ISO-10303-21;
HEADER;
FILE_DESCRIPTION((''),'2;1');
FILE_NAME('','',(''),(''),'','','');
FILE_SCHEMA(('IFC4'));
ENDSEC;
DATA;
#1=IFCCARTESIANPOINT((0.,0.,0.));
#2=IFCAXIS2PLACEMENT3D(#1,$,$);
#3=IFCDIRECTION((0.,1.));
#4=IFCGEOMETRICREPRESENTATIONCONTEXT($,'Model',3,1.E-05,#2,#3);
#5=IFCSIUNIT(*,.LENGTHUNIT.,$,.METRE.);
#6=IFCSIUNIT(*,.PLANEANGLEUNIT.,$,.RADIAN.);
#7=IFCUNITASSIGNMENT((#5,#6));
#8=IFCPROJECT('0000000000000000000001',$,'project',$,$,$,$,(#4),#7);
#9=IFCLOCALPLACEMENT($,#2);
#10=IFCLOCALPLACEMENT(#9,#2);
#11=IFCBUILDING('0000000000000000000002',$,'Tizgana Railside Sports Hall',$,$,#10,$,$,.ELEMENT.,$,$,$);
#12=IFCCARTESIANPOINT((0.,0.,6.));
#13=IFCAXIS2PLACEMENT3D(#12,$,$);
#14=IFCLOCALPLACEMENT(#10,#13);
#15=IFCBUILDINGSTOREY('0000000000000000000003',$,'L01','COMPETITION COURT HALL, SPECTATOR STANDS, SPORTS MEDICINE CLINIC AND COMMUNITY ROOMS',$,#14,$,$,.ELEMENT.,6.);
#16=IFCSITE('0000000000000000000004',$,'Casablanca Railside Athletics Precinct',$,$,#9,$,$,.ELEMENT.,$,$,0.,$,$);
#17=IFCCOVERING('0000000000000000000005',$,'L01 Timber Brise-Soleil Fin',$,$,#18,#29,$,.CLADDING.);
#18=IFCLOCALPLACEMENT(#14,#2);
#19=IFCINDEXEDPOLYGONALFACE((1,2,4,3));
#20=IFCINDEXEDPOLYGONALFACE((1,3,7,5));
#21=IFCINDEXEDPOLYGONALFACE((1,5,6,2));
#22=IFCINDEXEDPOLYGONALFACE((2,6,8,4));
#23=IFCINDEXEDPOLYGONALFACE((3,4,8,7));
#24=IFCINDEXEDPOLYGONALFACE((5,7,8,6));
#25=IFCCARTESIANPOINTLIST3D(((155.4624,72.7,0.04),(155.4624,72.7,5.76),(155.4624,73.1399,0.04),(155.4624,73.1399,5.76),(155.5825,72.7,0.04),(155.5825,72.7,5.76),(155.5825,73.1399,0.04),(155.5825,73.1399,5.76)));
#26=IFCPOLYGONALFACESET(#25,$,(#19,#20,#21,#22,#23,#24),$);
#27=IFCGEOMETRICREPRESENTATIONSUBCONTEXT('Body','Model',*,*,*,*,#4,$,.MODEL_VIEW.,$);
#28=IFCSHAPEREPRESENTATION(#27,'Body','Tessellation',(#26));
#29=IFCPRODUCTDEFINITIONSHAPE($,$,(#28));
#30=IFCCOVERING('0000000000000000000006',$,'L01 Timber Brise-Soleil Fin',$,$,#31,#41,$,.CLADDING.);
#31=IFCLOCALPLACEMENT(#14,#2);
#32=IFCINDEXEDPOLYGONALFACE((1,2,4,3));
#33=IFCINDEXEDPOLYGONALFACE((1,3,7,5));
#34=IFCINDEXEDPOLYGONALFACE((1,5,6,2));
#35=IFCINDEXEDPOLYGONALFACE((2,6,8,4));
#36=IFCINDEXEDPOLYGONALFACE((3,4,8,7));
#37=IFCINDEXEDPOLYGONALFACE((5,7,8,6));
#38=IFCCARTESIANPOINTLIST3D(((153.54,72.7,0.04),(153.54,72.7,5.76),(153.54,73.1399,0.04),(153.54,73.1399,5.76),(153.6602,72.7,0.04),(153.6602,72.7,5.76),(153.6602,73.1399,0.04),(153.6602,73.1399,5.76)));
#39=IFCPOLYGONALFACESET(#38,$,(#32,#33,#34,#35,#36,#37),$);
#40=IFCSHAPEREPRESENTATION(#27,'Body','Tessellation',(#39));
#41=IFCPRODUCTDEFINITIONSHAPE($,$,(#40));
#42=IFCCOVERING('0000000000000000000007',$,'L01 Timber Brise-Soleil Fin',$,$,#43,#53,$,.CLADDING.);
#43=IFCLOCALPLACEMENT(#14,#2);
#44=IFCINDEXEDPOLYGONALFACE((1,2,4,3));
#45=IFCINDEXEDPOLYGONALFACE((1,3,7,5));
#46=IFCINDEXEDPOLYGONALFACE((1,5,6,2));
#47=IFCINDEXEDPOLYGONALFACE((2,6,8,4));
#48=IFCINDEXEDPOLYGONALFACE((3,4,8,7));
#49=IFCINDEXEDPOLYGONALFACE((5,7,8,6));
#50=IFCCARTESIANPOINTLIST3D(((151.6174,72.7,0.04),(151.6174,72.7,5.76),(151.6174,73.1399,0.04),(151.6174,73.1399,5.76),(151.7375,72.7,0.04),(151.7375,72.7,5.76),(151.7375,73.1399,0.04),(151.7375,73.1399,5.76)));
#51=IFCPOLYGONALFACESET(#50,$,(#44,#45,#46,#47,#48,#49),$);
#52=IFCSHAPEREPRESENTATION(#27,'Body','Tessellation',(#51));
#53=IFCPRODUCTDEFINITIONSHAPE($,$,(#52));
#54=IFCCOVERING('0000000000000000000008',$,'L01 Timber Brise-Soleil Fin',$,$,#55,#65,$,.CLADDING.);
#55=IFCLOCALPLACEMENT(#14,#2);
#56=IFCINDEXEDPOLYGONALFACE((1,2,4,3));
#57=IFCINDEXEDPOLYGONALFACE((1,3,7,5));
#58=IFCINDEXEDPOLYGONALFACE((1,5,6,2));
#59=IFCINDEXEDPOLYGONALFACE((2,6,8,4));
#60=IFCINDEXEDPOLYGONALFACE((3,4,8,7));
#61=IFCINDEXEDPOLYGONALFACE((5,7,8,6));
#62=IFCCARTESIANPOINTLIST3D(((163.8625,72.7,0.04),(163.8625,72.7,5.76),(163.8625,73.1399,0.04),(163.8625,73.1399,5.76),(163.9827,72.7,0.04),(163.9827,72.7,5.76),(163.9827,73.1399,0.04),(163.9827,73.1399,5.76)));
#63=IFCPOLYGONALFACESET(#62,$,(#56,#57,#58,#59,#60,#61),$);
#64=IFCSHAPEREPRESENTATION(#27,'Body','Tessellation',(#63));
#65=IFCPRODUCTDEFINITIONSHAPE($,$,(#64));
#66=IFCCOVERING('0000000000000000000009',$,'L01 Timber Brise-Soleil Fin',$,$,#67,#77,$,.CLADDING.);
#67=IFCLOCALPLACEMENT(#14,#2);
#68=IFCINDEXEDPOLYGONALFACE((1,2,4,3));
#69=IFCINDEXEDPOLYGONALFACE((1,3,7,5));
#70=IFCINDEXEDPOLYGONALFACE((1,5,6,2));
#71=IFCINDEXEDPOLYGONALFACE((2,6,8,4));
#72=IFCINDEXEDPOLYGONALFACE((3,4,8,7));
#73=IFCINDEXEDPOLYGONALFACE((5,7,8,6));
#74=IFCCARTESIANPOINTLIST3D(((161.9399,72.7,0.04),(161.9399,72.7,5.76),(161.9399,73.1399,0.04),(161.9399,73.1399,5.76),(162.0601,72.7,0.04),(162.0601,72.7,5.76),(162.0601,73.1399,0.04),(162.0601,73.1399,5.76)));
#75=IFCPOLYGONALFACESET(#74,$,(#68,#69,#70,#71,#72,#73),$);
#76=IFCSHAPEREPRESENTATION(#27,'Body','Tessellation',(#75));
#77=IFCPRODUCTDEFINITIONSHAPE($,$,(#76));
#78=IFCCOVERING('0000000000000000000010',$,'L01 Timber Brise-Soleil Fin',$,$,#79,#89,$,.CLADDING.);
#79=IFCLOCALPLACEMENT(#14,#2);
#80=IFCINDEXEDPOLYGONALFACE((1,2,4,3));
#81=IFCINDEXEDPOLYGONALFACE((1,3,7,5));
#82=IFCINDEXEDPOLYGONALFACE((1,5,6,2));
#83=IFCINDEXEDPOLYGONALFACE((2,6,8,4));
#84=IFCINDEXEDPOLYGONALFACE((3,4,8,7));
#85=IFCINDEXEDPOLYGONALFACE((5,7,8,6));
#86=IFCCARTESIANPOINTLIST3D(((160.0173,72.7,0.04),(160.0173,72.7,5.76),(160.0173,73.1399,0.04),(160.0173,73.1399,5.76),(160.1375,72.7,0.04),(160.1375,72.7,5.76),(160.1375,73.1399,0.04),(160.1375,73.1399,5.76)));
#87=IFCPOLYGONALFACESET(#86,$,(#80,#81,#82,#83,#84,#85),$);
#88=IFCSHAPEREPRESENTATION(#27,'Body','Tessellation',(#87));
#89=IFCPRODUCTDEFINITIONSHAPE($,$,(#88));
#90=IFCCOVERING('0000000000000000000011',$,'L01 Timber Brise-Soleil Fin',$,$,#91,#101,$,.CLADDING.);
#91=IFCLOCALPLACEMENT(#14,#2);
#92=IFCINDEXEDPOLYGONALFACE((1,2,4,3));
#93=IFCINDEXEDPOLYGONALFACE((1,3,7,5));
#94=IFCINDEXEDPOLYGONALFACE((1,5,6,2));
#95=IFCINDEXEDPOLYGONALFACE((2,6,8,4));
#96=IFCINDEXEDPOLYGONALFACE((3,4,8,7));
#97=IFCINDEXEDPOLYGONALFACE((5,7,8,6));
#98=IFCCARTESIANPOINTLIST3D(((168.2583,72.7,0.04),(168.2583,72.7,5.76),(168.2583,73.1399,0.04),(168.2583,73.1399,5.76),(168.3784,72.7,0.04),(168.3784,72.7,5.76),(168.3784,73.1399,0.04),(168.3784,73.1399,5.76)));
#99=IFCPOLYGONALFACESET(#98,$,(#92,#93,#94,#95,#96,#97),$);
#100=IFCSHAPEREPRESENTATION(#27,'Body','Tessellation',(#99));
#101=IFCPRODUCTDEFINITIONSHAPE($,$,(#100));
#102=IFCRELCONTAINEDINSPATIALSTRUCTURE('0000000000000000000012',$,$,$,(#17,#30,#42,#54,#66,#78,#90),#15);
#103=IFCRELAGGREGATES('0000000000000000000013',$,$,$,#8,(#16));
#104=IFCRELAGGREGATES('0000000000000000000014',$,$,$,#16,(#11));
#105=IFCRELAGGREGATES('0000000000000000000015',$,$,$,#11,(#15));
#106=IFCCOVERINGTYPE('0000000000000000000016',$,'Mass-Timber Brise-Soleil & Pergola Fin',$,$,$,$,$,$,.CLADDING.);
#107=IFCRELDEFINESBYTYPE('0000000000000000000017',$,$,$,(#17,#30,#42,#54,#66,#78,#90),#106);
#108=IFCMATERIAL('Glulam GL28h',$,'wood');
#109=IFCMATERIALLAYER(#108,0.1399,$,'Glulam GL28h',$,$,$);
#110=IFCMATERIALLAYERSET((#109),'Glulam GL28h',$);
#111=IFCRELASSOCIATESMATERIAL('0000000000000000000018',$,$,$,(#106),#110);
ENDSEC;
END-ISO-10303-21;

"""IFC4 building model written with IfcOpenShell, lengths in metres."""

from ifc_helpers import new_model, si_unit, direction, frame, origin, origin_2d, place, context, subcontext, project, spatial, rectangle, extrude, material, layer, layer_set, type_object, element, save


model = new_model("IFC4")

# Units and contexts
model_context = context("Model", 3, precision=1e-05, world=origin(), true_north=direction((0.0, 1.0)))
body_context = subcontext(model_context, "Body", "Model", "MODEL_VIEW")
ifc_project = project(units=[si_unit("LENGTHUNIT", "METRE"), si_unit("PLANEANGLEUNIT", "RADIAN")], contexts=[model_context])

# Site, building, storey
site_placement = place(None, origin())
site = spatial("IfcSite", under=ifc_project, at=site_placement, Name="Casablanca Railside Athletics Precinct", CompositionType="ELEMENT", RefElevation=0.0)
building_placement = place(site_placement, origin())
building = spatial("IfcBuilding", under=site, at=building_placement, Name="Tizgana Railside Sports Hall", CompositionType="ELEMENT")
storey_placement = place(building_placement, frame((0.0, 0.0, 6.0)))
storey = spatial("IfcBuildingStorey", under=building, at=storey_placement, Name="L01", Description="COMPETITION COURT HALL, SPECTATOR STANDS, SPORTS MEDICINE CLINIC AND COMMUNITY ROOMS", CompositionType="ELEMENT", Elevation=6.0)

# Coverings
ifc_material_1 = material(Name="Glulam GL28h", Category="wood")
ifc_layer_1 = layer(ifc_material_1, 0.1399, Name="Glulam GL28h")
ifc_layer_set_1 = layer_set([ifc_layer_1], Name="Glulam GL28h")
covering_type = type_object("IfcCoveringType", Name="Mass-Timber Brise-Soleil & Pergola Fin", PredefinedType="CLADDING", material=ifc_layer_set_1)
for number, where, z_axis, x_axis, name in (
    (1, (155.5225, 72.9199, 0.04), (0.0, 0.0, 1.0), (-1.0, 0.0, 0.0), "L01 Timber Brise-Soleil Fin"),
    (2, (153.6001, 72.9199, 0.04), (0.0, 0.0, 1.0), (-1.0, 0.0, 0.0), "L01 Timber Brise-Soleil Fin"),
    (3, (151.6775, 72.9199, 0.04), (0.0, 0.0, 1.0), (-1.0, 0.0, 0.0), "L01 Timber Brise-Soleil Fin"),
    (4, (163.9226, 72.9199, 0.04), (0.0, 0.0, 1.0), (-1.0, 0.0, 0.0), "L01 Timber Brise-Soleil Fin"),
    (5, (162.0, 72.9199, 0.04), (0.0, 0.0, 1.0), (-1.0, 0.0, 0.0), "L01 Timber Brise-Soleil Fin"),
    (6, (160.0774, 72.9199, 0.04), (0.0, 0.0, 1.0), (-1.0, 0.0, 0.0), "L01 Timber Brise-Soleil Fin"),
    (7, (168.3184, 72.9199, 0.04), (0.0, 0.0, 1.0), (-1.0, 0.0, 0.0), "L01 Timber Brise-Soleil Fin"),
):
    element("IfcCovering", number, at=place(storey_placement, frame(where, z_axis=z_axis, x_axis=x_axis)), inside=storey, type_object=covering_type, Name=name, PredefinedType="CLADDING", context=body_context, shape_type="SweptSolid", body=[
        extrude(rectangle(XDim=0.1201, YDim=0.4399, at=origin_2d()), origin(), (0.0, 0.0, 1.0), 5.72),
    ])

save(model, "model.ifc")
